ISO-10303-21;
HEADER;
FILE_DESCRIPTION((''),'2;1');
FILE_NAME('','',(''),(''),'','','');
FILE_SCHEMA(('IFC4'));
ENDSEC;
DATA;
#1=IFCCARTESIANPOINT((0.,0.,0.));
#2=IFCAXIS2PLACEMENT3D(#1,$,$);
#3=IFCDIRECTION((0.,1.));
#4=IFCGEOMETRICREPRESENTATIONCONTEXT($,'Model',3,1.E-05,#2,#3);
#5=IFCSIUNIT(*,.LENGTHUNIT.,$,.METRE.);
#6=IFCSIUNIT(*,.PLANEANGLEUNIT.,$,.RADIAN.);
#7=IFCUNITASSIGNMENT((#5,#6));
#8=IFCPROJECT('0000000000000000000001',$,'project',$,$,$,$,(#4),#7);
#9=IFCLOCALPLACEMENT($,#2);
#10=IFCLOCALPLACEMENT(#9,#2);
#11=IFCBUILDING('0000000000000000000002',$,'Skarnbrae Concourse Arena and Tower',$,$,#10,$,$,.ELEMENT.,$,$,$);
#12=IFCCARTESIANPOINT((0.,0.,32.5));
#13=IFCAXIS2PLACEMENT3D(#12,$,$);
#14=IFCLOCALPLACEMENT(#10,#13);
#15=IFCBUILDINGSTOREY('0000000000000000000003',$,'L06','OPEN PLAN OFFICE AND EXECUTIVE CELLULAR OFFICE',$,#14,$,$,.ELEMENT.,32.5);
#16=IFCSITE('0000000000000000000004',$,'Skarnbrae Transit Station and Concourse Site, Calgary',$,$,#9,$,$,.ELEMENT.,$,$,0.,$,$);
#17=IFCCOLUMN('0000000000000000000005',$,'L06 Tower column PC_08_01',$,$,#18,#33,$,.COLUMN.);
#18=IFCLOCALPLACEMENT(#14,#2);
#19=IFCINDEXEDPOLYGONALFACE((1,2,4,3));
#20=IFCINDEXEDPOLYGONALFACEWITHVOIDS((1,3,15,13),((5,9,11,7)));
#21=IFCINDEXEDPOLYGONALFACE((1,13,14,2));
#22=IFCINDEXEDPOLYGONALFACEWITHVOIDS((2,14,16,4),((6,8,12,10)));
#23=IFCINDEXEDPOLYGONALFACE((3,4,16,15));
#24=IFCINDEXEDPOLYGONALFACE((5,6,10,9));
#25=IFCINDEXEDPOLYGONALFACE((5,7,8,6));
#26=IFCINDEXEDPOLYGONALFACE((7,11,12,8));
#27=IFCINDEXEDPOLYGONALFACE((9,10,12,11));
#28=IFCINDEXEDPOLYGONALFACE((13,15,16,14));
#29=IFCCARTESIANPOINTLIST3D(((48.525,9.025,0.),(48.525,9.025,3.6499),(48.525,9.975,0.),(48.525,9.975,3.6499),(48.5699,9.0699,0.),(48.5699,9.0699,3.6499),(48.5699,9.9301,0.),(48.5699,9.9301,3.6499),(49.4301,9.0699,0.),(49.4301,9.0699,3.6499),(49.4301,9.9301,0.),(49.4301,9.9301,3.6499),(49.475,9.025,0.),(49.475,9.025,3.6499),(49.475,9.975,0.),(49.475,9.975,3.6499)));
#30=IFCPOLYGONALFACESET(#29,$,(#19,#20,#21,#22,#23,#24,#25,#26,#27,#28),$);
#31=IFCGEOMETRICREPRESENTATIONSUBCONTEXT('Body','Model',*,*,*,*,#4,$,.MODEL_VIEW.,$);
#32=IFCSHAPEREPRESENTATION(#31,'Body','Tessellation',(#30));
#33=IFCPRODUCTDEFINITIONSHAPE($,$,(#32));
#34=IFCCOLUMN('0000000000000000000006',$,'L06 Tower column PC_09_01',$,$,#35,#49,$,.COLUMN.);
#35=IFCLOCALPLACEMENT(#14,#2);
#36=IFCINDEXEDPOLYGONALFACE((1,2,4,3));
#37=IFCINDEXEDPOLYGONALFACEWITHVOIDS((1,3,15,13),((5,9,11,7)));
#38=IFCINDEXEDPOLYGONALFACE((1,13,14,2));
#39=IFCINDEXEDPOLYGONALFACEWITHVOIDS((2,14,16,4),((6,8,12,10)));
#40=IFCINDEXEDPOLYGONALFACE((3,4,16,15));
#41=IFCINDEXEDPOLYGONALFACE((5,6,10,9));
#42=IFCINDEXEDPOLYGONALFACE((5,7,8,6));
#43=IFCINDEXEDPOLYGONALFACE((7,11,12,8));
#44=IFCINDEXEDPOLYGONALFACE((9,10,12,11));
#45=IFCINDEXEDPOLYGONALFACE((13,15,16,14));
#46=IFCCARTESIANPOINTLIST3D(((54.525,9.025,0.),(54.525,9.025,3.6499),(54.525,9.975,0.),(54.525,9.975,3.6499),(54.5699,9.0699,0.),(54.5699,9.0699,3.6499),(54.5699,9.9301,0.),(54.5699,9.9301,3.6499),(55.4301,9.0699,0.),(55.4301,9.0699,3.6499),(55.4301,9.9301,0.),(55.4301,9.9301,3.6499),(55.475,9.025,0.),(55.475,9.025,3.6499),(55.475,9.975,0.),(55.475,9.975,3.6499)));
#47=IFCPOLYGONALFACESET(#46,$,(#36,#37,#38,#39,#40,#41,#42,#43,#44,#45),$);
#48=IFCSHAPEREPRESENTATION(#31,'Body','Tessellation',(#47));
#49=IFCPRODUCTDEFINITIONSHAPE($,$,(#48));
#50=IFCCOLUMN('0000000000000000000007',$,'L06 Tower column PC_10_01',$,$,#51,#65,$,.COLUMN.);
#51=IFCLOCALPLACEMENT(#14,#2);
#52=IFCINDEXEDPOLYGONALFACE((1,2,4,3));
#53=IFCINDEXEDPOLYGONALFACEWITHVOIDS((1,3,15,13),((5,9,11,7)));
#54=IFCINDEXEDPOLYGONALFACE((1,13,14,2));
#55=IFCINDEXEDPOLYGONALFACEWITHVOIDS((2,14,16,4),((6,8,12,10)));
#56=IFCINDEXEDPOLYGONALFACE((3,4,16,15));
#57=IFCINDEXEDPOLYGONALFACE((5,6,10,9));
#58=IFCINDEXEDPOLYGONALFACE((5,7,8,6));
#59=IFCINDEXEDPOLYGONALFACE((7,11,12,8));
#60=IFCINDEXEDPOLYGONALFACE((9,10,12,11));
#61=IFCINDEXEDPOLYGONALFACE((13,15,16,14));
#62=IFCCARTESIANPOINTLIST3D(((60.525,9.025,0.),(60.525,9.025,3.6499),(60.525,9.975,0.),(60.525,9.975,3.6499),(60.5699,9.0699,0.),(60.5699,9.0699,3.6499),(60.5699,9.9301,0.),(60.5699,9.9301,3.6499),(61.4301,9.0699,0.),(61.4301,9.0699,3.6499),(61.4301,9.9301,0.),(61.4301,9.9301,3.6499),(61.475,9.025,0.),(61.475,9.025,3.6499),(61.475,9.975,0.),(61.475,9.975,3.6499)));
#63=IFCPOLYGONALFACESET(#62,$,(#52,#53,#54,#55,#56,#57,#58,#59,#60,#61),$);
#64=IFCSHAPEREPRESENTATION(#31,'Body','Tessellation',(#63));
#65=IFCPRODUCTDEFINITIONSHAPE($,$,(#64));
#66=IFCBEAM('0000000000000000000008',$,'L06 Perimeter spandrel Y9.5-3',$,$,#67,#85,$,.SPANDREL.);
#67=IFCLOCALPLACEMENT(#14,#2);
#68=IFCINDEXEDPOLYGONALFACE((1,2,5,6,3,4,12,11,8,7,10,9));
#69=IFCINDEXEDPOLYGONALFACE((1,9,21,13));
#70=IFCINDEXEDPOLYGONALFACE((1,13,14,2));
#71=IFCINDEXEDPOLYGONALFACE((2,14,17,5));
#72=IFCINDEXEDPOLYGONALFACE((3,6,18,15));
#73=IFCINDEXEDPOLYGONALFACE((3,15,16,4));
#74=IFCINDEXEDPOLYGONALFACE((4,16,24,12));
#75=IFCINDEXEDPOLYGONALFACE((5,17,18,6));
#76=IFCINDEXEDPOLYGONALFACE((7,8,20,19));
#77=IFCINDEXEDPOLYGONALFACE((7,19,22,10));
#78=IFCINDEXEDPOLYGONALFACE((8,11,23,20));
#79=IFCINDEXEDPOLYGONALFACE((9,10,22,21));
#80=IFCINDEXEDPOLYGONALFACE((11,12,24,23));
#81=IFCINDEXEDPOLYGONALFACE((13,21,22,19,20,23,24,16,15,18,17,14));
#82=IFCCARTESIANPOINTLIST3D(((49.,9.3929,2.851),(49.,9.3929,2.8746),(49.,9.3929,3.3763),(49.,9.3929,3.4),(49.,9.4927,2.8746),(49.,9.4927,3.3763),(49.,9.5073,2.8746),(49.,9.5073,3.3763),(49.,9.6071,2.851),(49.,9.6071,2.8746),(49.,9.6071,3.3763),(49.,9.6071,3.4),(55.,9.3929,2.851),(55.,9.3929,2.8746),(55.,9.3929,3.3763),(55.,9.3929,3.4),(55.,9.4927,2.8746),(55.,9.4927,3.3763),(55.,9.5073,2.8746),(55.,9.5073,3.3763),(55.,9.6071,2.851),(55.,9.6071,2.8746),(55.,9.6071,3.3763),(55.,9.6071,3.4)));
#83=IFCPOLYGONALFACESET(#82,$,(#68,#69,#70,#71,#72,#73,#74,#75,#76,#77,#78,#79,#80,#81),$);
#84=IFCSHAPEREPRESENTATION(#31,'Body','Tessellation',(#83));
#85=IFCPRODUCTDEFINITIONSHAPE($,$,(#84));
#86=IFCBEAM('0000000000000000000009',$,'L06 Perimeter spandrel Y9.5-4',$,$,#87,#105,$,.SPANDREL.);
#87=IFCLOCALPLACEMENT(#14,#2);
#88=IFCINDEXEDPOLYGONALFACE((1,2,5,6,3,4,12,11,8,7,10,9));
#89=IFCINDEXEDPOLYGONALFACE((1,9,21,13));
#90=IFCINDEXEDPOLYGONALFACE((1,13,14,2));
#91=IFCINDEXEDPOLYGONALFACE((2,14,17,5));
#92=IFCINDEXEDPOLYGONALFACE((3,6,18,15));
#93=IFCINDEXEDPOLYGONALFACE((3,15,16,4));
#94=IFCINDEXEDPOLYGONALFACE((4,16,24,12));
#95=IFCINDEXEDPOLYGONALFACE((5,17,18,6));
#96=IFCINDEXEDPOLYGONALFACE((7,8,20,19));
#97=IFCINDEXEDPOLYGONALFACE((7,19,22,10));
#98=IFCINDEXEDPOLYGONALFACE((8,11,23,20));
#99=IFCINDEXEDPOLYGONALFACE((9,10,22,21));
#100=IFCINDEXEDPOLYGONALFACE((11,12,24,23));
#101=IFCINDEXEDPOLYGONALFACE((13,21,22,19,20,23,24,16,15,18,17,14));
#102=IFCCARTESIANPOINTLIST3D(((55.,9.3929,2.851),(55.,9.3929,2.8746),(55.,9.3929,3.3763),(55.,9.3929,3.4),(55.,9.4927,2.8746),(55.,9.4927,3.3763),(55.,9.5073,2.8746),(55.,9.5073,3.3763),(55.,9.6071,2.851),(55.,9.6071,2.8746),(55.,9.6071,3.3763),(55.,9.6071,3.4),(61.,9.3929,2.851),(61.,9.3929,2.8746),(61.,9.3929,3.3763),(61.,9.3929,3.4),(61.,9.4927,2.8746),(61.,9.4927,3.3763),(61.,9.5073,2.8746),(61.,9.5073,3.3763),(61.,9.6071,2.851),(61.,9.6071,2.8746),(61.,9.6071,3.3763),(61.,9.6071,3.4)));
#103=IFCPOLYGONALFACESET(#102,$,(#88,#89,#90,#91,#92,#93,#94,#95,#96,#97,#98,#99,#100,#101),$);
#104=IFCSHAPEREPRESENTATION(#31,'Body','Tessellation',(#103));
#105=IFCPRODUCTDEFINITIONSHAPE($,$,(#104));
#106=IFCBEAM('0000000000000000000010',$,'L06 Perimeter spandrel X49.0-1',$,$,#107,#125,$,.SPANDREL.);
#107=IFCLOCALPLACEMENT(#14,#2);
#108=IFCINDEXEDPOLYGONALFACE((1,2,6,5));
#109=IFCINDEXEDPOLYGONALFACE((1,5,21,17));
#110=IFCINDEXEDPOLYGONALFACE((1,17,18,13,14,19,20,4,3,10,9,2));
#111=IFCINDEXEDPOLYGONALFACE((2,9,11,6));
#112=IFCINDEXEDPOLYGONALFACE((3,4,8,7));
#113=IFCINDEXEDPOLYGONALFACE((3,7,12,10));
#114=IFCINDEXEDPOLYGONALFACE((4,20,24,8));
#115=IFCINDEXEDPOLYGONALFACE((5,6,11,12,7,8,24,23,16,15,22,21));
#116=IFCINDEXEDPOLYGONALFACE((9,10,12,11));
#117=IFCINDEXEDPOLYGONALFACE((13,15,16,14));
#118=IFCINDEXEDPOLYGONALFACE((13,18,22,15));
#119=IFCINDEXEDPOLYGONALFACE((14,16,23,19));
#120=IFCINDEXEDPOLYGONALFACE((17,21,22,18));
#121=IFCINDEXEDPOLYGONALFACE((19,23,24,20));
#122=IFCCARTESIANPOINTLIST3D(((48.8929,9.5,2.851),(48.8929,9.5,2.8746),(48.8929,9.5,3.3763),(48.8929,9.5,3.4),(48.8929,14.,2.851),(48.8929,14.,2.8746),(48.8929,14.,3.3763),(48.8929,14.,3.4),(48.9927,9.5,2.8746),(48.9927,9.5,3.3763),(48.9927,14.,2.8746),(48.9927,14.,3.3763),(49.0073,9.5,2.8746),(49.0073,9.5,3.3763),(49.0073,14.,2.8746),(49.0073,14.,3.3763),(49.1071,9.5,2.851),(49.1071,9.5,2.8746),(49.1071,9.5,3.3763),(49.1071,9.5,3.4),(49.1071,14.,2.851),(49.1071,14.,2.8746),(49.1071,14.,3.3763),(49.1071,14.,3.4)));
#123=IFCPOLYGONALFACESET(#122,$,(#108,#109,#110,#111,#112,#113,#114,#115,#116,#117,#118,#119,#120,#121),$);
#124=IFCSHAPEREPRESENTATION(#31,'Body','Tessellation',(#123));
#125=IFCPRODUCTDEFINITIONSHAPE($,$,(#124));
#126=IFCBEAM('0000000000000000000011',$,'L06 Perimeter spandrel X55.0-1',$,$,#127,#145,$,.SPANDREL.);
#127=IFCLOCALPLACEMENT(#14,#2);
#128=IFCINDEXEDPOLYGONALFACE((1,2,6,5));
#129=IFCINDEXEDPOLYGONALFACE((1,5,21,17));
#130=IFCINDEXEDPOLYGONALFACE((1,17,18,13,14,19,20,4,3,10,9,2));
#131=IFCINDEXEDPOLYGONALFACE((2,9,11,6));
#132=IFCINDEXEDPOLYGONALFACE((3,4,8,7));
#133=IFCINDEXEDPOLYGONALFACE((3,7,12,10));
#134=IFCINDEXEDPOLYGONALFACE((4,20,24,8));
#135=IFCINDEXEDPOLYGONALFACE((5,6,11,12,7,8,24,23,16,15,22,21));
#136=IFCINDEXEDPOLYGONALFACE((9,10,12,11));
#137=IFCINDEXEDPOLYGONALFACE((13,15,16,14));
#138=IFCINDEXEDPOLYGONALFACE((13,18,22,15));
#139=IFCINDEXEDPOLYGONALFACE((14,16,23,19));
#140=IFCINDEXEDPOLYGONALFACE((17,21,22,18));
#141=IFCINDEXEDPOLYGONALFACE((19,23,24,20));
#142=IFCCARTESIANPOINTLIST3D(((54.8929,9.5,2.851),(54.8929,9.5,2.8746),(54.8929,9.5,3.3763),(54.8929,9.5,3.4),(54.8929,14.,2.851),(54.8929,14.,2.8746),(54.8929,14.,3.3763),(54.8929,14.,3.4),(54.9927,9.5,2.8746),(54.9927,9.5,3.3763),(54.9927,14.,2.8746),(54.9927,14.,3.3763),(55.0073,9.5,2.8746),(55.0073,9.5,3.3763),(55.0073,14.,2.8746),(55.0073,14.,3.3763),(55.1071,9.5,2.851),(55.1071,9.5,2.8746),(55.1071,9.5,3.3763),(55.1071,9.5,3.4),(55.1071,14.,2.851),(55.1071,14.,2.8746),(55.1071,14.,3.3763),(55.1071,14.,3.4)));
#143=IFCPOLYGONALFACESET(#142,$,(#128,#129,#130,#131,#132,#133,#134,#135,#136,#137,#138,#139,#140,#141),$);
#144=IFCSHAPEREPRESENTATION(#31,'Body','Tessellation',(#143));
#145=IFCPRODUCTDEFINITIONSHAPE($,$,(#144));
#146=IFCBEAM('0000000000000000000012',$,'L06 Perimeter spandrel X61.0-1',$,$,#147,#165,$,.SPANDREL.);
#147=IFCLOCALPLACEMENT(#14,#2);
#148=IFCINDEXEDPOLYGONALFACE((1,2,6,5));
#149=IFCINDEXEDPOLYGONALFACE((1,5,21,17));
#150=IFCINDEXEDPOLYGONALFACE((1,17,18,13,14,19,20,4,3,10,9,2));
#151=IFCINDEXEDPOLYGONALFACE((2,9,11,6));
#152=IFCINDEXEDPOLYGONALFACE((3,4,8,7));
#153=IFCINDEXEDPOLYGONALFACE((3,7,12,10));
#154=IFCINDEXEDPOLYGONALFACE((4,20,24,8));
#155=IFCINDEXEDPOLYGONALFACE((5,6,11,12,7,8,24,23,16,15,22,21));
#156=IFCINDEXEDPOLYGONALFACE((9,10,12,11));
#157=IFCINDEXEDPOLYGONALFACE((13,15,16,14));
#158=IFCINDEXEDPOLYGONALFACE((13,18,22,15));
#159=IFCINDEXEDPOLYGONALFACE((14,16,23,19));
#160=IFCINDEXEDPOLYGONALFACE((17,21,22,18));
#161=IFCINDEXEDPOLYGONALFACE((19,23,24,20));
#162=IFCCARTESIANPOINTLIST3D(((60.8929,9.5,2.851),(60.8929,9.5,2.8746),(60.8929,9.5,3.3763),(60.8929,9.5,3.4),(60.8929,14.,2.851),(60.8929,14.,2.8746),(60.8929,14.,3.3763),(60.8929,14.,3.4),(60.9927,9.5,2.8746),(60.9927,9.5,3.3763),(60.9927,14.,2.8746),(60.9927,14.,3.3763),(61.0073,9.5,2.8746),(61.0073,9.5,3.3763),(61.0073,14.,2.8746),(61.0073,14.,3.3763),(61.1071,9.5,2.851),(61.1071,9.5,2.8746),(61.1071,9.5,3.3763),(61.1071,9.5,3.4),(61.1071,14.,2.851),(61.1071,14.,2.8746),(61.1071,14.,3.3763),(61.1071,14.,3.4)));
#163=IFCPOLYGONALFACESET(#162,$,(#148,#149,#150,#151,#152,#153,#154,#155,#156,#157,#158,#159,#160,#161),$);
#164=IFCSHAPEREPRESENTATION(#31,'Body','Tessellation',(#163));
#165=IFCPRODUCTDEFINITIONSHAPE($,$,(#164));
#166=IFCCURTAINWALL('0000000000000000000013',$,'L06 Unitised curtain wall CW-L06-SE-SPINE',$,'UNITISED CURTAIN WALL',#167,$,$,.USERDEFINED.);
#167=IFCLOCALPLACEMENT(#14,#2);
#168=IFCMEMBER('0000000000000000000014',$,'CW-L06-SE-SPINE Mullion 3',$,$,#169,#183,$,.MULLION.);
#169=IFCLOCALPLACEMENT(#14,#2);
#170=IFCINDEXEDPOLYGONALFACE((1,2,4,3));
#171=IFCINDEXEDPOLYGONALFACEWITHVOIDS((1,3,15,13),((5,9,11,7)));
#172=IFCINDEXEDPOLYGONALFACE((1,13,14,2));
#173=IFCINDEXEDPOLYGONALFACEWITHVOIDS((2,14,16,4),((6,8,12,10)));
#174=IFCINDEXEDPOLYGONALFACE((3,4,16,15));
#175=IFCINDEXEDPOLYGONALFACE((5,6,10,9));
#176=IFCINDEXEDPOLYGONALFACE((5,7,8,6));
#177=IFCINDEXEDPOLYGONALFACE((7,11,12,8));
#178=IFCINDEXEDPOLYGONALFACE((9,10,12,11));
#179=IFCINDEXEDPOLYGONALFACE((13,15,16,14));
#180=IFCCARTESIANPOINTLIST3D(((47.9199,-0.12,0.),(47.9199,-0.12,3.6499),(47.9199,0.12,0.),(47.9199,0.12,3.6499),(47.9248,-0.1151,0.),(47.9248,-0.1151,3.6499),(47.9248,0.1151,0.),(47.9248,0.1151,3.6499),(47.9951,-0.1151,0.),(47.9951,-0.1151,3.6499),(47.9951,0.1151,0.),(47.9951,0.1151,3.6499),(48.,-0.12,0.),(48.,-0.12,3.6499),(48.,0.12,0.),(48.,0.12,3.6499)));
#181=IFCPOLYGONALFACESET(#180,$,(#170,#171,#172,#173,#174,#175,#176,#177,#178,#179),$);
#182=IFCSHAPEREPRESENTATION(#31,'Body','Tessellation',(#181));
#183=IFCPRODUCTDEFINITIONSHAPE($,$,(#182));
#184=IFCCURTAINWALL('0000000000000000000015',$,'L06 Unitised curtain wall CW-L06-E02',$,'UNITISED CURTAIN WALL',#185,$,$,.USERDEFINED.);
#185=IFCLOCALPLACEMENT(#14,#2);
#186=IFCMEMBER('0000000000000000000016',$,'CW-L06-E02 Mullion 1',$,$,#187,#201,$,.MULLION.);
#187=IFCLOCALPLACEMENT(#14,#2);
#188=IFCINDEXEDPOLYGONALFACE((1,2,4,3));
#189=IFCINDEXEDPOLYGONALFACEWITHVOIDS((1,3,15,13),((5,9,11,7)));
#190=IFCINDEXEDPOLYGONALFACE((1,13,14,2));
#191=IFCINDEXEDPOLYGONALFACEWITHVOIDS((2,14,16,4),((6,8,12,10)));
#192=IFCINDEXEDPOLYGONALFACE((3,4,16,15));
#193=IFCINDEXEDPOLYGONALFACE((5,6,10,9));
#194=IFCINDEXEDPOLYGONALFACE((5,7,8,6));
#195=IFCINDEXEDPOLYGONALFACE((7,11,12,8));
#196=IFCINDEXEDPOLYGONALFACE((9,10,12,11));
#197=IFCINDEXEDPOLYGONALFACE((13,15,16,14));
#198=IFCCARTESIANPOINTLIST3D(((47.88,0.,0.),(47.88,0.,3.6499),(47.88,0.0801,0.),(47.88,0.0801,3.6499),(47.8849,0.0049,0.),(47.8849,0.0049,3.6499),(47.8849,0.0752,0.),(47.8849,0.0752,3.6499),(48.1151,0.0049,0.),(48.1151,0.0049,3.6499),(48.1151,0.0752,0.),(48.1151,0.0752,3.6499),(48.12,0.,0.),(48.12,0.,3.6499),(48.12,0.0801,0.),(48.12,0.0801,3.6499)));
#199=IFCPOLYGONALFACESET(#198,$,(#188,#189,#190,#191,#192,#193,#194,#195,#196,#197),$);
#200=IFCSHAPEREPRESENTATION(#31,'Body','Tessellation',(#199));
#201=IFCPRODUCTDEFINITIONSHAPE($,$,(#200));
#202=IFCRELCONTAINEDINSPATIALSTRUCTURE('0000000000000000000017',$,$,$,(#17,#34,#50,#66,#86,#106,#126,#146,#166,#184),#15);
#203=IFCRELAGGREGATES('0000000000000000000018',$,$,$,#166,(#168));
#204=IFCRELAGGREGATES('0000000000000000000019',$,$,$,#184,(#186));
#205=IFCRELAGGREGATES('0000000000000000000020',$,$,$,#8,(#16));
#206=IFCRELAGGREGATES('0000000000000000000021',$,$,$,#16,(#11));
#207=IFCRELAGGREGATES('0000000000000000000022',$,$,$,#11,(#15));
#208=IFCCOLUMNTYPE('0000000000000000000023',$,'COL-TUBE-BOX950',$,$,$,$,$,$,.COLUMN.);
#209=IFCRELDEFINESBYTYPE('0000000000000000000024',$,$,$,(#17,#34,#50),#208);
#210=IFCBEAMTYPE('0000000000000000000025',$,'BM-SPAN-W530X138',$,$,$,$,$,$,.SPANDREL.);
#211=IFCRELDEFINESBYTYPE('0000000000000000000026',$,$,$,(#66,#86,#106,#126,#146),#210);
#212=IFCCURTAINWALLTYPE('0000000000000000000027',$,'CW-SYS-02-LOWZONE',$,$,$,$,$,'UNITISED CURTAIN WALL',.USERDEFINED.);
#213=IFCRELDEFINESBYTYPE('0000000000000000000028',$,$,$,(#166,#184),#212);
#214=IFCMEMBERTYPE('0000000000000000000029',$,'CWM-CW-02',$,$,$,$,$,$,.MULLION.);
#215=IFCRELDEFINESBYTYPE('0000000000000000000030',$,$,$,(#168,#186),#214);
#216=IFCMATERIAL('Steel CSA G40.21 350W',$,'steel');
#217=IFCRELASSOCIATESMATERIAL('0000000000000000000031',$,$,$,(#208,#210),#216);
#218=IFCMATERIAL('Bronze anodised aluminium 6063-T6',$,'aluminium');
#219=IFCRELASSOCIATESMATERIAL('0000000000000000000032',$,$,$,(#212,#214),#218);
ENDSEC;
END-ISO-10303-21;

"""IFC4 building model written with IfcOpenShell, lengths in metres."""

from ifc_helpers import new_model, si_unit, direction, frame, origin, origin_2d, place, context, subcontext, project, spatial, hollow_rectangle, i_section, extrude, source, transform, mapped, material, material_profile, profile_set, type_object, element, aggregate, save


model = new_model("IFC4")

# Units and contexts
model_context = context("Model", 3, precision=1e-05, world=origin(), true_north=direction((0.0, 1.0)))
body_context = subcontext(model_context, "Body", "Model", "MODEL_VIEW")
ifc_project = project(units=[si_unit("LENGTHUNIT", "METRE"), si_unit("PLANEANGLEUNIT", "RADIAN")], contexts=[model_context])

# Site, building, storey
site_placement = place(None, origin())
site = spatial("IfcSite", under=ifc_project, at=site_placement, Name="Skarnbrae Transit Station and Concourse Site, Calgary", CompositionType="ELEMENT", RefElevation=0.0)
building_placement = place(site_placement, origin())
building = spatial("IfcBuilding", under=site, at=building_placement, Name="Skarnbrae Concourse Arena and Tower", CompositionType="ELEMENT")
storey_placement = place(building_placement, frame((0.0, 0.0, 32.5)))
storey = spatial("IfcBuildingStorey", under=building, at=storey_placement, Name="L06", Description="OPEN PLAN OFFICE AND EXECUTIVE CELLULAR OFFICE", CompositionType="ELEMENT", Elevation=32.5)

# Columns
ifc_material_1 = material(Name="Steel CSA G40.21 350W", Category="steel")
ifc_material_profile_1 = material_profile(ifc_material_1, hollow_rectangle(XDim=0.95, YDim=0.95, WallThickness=0.0449, at=origin_2d()), Name="BOX950X950X45")
ifc_profile_set_1 = profile_set([ifc_material_profile_1], Name="Steel CSA G40.21 350W")
column_type = type_object("IfcColumnType", Name="COL-TUBE-BOX950", PredefinedType="COLUMN", material=ifc_profile_set_1)
shared_shape_1 = source(origin(), body_context, "Body", "SweptSolid", [
    extrude(hollow_rectangle(XDim=0.95, YDim=0.95, WallThickness=0.0449, at=origin_2d()), origin(), (0.0, 0.0, 1.0), 3.6499),
])
for number, where, z_axis, x_axis, name in (
    (1, (49.0, 9.5, 0.0), (0.0, 0.0, 1.0), (1.0, 0.0, 0.0), "L06 Tower column PC_08_01"),
    (2, (55.0, 9.5, 0.0), (0.0, 0.0, 1.0), (1.0, 0.0, 0.0), "L06 Tower column PC_09_01"),
    (3, (61.0, 9.5, 0.0), (0.0, 0.0, 1.0), (1.0, 0.0, 0.0), "L06 Tower column PC_10_01"),
):
    element("IfcColumn", number, at=place(storey_placement, frame(where, z_axis=z_axis, x_axis=x_axis)), inside=storey, type_object=column_type, Name=name, PredefinedType="COLUMN", context=body_context, shape_type="MappedRepresentation", body=[
        mapped(shared_shape_1, transform((0.0, 0.0, 0.0))),
    ])

# Beams
ifc_material_profile_2 = material_profile(ifc_material_1, i_section(OverallWidth=0.2141, OverallDepth=0.5491, WebThickness=0.0146, FlangeThickness=0.0237, at=origin_2d()), Name="W530X138")
ifc_profile_set_2 = profile_set([ifc_material_profile_2], Name="Steel CSA G40.21 350W")
beam_type = type_object("IfcBeamType", Name="BM-SPAN-W530X138", PredefinedType="SPANDREL", material=ifc_profile_set_2)
shared_shape_2 = source(origin(), body_context, "Body", "SweptSolid", [
    extrude(i_section(OverallWidth=0.2141, OverallDepth=0.5491, WebThickness=0.0146, FlangeThickness=0.0237, at=origin_2d()), origin(), (0.0, 0.0, 1.0), 6.0),
])
for number, where, z_axis, x_axis, name in (
    (4, (49.0, 9.5, 3.1255), (1.0, 0.0, 0.0), (0.0, 1.0, 0.0), "L06 Perimeter spandrel Y9.5-3"),
    (5, (55.0, 9.5, 3.1255), (1.0, 0.0, 0.0), (0.0, 1.0, 0.0), "L06 Perimeter spandrel Y9.5-4"),
):
    element("IfcBeam", number, at=place(storey_placement, frame(where, z_axis=z_axis, x_axis=x_axis)), inside=storey, type_object=beam_type, Name=name, PredefinedType="SPANDREL", context=body_context, shape_type="MappedRepresentation", body=[
        mapped(shared_shape_2, transform((0.0, 0.0, 0.0))),
    ])
shared_shape_3 = source(origin(), body_context, "Body", "SweptSolid", [
    extrude(i_section(OverallWidth=0.2141, OverallDepth=0.5491, WebThickness=0.0146, FlangeThickness=0.0237, at=origin_2d()), origin(), (0.0, 0.0, 1.0), 4.5),
])
for number, where, z_axis, x_axis, name in (
    (6, (49.0, 9.5, 3.1255), (0.0, 1.0, 0.0), (-1.0, 0.0, 0.0), "L06 Perimeter spandrel X49.0-1"),
    (7, (55.0, 9.5, 3.1255), (0.0, 1.0, 0.0), (-1.0, 0.0, 0.0), "L06 Perimeter spandrel X55.0-1"),
    (8, (61.0, 9.5, 3.1255), (0.0, 1.0, 0.0), (-1.0, 0.0, 0.0), "L06 Perimeter spandrel X61.0-1"),
):
    element("IfcBeam", number, at=place(storey_placement, frame(where, z_axis=z_axis, x_axis=x_axis)), inside=storey, type_object=beam_type, Name=name, PredefinedType="SPANDREL", context=body_context, shape_type="MappedRepresentation", body=[
        mapped(shared_shape_3, transform((0.0, 0.0, 0.0))),
    ])

# Curtain wall, member
ifc_material_2 = material(Name="Bronze anodised aluminium 6063-T6", Category="aluminium")
curtain_wall_type = type_object("IfcCurtainWallType", Name="CW-SYS-02-LOWZONE", ElementType="UNITISED CURTAIN WALL", PredefinedType="USERDEFINED", material=ifc_material_2)
curtain_wall_1_placement = place(storey_placement, origin())
curtain_wall_1 = element("IfcCurtainWall", 9, at=curtain_wall_1_placement, inside=storey, type_object=curtain_wall_type, Name="L06 Unitised curtain wall CW-L06-SE-SPINE", ObjectType="UNITISED CURTAIN WALL", PredefinedType="USERDEFINED")
ifc_material_profile_3 = material_profile(ifc_material_2, hollow_rectangle(XDim=0.0801, YDim=0.24, WallThickness=0.0049, at=origin_2d()), Name="ALU-MULL-80X240")
ifc_profile_set_3 = profile_set([ifc_material_profile_3], Name="Bronze anodised aluminium 6063-T6")
member_type_1 = type_object("IfcMemberType", Name="CWM-CW-02", PredefinedType="MULLION", material=ifc_profile_set_3)
shared_shape_4 = source(origin(), body_context, "Body", "SweptSolid", [
    extrude(hollow_rectangle(XDim=0.0801, YDim=0.24, WallThickness=0.0049, at=origin_2d()), origin(), (0.0, 0.0, 1.0), 3.6499),
])
member_1_placement = place(storey_placement, frame((47.96, 0.0, 0.0), z_axis=(0.0, 0.0, 1.0), x_axis=(1.0, 0.0, 0.0)))
member_1 = element("IfcMember", 10, at=member_1_placement, type_object=member_type_1, Name="CW-L06-SE-SPINE Mullion 3", PredefinedType="MULLION", context=body_context, shape_type="MappedRepresentation", body=[
    mapped(shared_shape_4, transform((0.0, 0.0, 0.0))),
])
aggregate(curtain_wall_1, [member_1])

# Curtain wall, member
curtain_wall_2_placement = place(storey_placement, origin())
curtain_wall_2 = element("IfcCurtainWall", 11, at=curtain_wall_2_placement, inside=storey, type_object=curtain_wall_type, Name="L06 Unitised curtain wall CW-L06-E02", ObjectType="UNITISED CURTAIN WALL", PredefinedType="USERDEFINED")
member_2_placement = place(storey_placement, frame((48.0, 0.04, 0.0), z_axis=(0.0, 0.0, 1.0), x_axis=(0.0, 1.0, 0.0)))
member_2 = element("IfcMember", 12, at=member_2_placement, type_object=member_type_1, Name="CW-L06-E02 Mullion 1", PredefinedType="MULLION", context=body_context, shape_type="MappedRepresentation", body=[
    mapped(shared_shape_4, transform((0.0, 0.0, 0.0))),
])

aggregate(curtain_wall_2, [member_2])

save(model, "model.ifc")
